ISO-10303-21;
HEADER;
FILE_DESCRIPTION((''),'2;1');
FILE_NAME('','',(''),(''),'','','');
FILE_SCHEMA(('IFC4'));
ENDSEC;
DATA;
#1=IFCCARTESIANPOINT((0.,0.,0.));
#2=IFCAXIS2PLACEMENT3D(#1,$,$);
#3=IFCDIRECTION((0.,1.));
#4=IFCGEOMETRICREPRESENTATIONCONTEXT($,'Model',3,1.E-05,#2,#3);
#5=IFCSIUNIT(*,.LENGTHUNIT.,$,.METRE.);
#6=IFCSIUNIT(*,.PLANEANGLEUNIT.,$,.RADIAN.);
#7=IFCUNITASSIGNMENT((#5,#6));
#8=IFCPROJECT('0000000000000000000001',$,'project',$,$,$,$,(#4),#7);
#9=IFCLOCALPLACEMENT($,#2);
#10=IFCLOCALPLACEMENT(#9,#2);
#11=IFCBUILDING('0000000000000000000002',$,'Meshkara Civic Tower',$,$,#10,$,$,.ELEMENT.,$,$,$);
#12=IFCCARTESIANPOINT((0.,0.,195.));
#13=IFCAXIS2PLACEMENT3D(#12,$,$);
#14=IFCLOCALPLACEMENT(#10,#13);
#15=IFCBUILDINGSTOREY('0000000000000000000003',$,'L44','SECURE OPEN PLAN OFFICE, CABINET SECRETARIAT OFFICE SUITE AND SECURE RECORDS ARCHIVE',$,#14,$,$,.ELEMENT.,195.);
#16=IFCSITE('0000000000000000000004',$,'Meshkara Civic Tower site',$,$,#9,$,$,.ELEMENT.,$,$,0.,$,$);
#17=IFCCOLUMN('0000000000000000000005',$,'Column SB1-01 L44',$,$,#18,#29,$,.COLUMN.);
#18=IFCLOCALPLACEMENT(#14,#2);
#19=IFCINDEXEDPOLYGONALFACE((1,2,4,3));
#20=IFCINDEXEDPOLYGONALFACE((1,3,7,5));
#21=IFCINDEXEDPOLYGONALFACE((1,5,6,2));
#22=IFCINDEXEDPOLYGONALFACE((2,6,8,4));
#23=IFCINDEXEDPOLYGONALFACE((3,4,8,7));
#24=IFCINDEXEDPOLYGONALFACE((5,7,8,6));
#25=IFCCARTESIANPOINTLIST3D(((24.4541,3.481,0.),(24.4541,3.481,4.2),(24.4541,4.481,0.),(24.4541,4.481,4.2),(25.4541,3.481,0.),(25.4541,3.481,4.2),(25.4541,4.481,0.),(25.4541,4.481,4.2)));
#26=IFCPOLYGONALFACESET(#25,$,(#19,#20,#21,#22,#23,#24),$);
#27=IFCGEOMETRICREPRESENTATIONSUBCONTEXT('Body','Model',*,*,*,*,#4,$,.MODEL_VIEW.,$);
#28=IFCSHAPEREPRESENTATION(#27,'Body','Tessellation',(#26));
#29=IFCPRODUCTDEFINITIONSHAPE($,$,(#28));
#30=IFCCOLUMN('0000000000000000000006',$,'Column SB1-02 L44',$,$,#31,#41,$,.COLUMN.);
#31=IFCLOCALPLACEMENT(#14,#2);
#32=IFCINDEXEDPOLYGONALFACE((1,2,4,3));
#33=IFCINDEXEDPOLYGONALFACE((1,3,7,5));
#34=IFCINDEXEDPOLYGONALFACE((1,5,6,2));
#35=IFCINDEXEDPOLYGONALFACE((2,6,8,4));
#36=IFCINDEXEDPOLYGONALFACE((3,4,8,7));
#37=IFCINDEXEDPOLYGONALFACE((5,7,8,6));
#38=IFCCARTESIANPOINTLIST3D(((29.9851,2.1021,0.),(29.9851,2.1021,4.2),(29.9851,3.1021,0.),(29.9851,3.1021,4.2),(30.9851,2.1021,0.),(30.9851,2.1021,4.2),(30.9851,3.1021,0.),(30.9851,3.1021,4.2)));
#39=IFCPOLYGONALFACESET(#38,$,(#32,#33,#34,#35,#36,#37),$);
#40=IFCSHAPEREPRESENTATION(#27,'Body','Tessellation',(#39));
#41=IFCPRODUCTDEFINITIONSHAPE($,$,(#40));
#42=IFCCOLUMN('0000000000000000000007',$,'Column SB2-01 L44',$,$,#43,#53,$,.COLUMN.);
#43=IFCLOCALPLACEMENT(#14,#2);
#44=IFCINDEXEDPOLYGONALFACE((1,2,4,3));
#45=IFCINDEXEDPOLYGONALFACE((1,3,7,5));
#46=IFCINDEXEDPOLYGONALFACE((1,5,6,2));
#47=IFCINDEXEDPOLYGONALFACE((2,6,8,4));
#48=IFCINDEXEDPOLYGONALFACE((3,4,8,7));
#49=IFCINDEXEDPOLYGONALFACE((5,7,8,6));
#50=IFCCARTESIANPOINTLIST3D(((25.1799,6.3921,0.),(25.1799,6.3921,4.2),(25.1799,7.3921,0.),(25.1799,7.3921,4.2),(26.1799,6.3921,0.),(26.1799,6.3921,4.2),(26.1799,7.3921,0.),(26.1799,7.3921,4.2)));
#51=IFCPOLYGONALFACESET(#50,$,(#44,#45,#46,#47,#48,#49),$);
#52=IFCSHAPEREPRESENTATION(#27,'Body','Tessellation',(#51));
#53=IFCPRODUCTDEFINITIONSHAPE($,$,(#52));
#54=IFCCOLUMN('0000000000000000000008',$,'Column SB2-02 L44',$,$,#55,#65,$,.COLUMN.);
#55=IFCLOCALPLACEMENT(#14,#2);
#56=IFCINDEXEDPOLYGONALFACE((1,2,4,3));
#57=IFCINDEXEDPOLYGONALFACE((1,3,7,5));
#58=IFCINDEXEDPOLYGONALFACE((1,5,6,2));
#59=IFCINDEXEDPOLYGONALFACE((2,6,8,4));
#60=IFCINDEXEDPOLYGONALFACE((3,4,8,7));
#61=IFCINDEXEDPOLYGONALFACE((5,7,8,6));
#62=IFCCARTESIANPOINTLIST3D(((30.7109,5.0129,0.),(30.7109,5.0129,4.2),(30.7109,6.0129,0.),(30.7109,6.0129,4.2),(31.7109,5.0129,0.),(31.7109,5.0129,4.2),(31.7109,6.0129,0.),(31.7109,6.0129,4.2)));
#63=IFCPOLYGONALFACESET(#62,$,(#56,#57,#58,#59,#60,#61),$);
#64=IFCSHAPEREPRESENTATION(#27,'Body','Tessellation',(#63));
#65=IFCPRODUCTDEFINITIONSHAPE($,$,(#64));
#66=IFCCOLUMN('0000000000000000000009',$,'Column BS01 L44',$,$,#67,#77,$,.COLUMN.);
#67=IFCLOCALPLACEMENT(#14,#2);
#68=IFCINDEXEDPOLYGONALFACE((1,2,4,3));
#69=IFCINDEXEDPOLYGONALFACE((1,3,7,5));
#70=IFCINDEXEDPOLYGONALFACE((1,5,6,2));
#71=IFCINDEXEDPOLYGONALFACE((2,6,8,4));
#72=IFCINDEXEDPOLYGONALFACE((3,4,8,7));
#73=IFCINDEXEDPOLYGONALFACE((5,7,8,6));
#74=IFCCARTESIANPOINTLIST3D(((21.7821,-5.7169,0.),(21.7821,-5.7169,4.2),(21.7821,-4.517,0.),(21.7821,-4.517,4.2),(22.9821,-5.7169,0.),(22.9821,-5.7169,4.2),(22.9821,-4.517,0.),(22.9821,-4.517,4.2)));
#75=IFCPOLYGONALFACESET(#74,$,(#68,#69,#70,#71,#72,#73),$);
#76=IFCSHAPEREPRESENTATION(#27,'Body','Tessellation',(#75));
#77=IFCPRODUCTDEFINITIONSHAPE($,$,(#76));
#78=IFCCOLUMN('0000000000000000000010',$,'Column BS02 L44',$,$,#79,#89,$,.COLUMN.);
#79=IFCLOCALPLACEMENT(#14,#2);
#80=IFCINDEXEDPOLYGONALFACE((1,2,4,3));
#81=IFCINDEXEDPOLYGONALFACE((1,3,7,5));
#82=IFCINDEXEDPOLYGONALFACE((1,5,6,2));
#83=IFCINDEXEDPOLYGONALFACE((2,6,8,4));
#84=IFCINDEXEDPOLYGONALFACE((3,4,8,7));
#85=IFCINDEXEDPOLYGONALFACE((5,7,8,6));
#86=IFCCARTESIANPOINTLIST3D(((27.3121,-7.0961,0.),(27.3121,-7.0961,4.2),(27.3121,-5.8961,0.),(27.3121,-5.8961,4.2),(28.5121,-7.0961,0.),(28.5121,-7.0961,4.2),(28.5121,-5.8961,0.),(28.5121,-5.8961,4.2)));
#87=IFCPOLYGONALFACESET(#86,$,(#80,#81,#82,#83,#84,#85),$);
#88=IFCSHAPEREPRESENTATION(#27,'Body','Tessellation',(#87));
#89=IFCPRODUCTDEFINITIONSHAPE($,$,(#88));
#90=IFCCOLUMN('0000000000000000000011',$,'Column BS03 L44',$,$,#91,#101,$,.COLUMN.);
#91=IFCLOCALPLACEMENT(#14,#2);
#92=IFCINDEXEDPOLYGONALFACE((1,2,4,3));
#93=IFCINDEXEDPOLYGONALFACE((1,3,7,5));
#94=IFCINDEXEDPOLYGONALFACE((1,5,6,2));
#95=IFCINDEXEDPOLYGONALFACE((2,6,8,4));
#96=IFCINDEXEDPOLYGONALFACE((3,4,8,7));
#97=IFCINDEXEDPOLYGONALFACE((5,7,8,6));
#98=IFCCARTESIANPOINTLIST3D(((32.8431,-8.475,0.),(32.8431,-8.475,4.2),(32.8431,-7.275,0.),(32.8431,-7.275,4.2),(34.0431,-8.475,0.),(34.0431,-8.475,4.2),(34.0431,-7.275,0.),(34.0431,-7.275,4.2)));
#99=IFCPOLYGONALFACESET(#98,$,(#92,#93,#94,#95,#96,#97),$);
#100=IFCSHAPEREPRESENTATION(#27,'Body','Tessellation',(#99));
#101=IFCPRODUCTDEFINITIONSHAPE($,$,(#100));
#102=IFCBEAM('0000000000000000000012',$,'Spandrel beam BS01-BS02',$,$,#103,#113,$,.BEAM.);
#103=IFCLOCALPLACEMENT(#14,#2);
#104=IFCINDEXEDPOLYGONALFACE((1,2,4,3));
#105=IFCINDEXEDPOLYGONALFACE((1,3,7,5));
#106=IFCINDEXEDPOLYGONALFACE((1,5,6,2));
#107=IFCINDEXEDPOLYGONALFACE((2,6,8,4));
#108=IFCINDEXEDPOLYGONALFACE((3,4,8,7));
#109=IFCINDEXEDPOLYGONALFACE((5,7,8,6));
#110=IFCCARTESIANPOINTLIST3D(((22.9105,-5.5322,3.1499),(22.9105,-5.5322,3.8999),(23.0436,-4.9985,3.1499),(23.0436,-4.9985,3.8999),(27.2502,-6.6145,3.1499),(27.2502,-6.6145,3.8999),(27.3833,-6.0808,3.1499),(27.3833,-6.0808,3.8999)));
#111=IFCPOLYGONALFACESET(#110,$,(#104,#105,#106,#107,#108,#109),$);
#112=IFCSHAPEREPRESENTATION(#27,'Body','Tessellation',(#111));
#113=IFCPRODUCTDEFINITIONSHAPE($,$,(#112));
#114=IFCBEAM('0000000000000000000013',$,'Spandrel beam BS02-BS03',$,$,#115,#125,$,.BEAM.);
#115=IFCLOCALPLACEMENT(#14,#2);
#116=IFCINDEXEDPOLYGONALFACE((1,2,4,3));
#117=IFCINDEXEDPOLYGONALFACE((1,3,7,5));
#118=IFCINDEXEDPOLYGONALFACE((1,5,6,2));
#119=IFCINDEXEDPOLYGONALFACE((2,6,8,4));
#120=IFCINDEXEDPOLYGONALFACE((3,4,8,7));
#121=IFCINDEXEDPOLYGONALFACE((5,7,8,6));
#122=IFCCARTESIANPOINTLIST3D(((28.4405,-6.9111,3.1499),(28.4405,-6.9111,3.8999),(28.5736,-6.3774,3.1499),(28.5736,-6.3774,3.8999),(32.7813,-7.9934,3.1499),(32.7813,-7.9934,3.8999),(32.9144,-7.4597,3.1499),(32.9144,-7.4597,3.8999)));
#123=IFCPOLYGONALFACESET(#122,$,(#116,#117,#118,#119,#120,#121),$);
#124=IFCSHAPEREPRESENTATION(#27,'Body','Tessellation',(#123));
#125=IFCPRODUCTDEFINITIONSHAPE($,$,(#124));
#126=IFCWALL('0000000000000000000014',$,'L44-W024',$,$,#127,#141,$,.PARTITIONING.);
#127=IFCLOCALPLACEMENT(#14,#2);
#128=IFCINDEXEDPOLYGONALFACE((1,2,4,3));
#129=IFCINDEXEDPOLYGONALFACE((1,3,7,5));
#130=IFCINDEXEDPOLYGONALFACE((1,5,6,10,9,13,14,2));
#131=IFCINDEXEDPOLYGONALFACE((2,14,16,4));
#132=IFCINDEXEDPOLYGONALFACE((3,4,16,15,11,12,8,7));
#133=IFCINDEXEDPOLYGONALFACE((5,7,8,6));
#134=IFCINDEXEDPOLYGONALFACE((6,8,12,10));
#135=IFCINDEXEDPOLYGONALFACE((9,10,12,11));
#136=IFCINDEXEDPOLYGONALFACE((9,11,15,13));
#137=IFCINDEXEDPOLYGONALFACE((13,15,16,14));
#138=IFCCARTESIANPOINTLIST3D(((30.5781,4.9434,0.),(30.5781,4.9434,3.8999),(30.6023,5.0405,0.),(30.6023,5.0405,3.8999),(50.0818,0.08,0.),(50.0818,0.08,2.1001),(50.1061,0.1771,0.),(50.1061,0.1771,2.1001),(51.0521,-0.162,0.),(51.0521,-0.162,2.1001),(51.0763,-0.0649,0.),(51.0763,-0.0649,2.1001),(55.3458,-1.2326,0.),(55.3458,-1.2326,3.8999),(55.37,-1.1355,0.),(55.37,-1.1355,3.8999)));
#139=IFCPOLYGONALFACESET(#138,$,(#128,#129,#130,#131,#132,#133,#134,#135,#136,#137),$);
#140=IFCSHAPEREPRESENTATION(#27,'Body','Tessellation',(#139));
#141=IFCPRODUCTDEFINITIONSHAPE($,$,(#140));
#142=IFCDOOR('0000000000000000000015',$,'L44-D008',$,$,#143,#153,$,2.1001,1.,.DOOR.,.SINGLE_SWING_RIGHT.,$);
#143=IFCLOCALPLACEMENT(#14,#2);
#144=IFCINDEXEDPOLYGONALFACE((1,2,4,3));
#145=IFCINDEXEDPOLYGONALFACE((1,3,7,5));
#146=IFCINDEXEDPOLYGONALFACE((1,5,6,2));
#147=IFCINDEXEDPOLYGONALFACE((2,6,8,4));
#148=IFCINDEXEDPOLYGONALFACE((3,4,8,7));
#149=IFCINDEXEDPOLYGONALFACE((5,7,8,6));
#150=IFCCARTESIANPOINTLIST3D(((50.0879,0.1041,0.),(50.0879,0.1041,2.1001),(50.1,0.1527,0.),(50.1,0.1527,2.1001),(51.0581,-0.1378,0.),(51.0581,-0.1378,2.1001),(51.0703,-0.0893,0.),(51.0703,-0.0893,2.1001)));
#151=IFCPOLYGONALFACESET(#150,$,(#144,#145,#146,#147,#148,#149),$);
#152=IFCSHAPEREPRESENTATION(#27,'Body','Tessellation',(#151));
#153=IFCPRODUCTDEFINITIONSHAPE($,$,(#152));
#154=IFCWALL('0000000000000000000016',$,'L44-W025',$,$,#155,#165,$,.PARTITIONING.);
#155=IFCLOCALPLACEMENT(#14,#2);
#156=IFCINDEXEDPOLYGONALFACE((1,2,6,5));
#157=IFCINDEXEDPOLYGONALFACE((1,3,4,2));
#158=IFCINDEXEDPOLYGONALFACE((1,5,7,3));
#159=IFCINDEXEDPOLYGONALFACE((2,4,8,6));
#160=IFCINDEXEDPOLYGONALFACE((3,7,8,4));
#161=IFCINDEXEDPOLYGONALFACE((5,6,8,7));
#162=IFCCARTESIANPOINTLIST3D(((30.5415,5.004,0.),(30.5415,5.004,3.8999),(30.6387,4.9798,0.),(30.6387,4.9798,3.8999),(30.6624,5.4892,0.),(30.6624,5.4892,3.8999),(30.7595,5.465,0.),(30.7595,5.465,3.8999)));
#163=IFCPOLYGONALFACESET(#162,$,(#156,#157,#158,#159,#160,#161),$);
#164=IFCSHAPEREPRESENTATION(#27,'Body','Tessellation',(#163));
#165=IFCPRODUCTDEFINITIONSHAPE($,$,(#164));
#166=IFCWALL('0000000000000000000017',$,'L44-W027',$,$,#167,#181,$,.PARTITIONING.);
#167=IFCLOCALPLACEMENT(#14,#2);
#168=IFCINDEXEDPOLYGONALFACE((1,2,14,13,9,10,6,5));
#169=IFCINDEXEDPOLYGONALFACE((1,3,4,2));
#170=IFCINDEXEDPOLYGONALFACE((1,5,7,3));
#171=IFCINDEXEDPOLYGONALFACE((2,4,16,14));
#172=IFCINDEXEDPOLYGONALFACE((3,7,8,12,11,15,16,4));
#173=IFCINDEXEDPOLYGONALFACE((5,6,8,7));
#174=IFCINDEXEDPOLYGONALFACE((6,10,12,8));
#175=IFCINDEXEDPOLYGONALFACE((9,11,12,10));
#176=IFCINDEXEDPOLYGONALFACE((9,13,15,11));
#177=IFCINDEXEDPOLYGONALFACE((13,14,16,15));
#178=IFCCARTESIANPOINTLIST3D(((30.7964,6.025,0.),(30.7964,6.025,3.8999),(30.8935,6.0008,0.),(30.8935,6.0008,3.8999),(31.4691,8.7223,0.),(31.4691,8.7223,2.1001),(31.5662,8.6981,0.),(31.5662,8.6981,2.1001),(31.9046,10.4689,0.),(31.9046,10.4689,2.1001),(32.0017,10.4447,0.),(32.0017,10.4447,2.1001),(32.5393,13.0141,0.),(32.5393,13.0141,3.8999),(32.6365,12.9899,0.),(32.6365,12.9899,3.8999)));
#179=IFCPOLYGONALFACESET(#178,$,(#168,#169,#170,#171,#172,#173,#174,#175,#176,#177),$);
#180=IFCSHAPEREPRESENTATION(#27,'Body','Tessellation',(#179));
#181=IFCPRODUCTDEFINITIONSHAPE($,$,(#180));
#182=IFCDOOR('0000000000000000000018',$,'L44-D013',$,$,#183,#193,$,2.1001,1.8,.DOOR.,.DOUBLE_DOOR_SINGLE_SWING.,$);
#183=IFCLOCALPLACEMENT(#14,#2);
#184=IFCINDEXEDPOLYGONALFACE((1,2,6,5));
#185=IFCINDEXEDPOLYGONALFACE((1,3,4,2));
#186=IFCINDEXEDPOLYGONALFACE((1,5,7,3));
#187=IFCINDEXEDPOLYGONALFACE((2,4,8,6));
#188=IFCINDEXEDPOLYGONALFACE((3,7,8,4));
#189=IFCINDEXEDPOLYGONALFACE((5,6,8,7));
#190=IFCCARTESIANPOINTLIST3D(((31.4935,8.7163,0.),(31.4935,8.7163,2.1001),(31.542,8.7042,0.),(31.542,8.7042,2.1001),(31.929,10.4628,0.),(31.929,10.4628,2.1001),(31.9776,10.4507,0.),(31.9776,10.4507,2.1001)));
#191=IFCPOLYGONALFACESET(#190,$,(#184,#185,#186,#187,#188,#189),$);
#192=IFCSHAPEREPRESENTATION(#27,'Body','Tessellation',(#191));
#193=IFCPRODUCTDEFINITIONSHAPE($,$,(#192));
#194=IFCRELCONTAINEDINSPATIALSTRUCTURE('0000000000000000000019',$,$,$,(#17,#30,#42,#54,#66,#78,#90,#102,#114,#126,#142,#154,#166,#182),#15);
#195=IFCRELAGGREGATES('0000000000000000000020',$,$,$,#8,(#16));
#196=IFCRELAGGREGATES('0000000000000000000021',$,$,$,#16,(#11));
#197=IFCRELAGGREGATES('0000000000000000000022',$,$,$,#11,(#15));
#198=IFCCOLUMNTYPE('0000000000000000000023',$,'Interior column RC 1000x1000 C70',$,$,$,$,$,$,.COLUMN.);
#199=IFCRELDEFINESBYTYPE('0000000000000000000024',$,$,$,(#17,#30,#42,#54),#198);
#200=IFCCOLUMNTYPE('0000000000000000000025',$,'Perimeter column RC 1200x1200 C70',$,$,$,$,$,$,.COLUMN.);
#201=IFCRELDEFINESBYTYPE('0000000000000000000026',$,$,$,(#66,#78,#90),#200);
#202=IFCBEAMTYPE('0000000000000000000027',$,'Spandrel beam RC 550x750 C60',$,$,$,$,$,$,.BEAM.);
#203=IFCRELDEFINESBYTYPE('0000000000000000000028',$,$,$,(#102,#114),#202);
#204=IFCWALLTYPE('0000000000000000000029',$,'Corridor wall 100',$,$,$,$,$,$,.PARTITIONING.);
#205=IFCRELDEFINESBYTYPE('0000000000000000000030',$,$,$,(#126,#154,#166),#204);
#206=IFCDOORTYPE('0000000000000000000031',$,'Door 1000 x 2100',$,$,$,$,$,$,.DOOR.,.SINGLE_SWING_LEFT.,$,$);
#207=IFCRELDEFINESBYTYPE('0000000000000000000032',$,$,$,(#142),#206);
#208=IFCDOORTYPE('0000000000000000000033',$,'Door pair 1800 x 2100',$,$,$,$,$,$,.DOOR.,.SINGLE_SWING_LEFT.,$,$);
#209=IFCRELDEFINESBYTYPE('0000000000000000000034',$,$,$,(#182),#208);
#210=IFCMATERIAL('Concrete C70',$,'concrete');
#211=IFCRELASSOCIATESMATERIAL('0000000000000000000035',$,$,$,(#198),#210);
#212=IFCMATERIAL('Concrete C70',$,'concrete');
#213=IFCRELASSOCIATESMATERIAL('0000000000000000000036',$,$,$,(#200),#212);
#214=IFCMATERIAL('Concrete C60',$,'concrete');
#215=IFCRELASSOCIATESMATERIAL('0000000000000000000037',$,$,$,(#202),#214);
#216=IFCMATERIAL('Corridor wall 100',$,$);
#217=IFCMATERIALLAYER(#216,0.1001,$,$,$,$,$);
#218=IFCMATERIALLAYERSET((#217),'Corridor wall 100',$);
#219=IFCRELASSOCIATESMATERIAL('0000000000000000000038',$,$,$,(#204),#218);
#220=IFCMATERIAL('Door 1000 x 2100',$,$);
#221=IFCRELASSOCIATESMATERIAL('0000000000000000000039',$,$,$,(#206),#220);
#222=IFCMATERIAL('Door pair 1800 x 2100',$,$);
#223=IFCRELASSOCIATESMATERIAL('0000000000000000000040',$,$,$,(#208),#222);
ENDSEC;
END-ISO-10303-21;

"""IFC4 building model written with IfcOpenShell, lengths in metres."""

from ifc_helpers import new_model, si_unit, direction, frame, frame_2d, origin, origin_2d, place, context, subcontext, project, spatial, rectangle, extrude, material, layer, layer_set, material_profile, profile_set, type_object, element, fill, save


model = new_model("IFC4")

# Units and contexts
model_context = context("Model", 3, precision=1e-05, world=origin(), true_north=direction((0.0, 1.0)))
body_context = subcontext(model_context, "Body", "Model", "MODEL_VIEW")
ifc_project = project(units=[si_unit("LENGTHUNIT", "METRE"), si_unit("PLANEANGLEUNIT", "RADIAN")], contexts=[model_context])

# Site, building, storey
site_placement = place(None, origin())
site = spatial("IfcSite", under=ifc_project, at=site_placement, Name="Meshkara Civic Tower site", CompositionType="ELEMENT", RefElevation=0.0)
building_placement = place(site_placement, origin())
building = spatial("IfcBuilding", under=site, at=building_placement, Name="Meshkara Civic Tower", CompositionType="ELEMENT")
storey_placement = place(building_placement, frame((0.0, 0.0, 195.0)))
storey = spatial("IfcBuildingStorey", under=building, at=storey_placement, Name="L44", Description="SECURE OPEN PLAN OFFICE, CABINET SECRETARIAT OFFICE SUITE AND SECURE RECORDS ARCHIVE", CompositionType="ELEMENT", Elevation=195.0)

# Columns
ifc_material_1 = material(Name="Concrete C70", Category="concrete")
ifc_material_profile_1 = material_profile(ifc_material_1, rectangle(XDim=1.0, YDim=1.0, at=origin_2d()))
ifc_profile_set_1 = profile_set([ifc_material_profile_1], Name="Concrete C70")
column_type_1 = type_object("IfcColumnType", Name="Interior column RC 1000x1000 C70", PredefinedType="COLUMN", material=ifc_profile_set_1)
for number, where, z_axis, x_axis, name in (
    (1, (24.9541, 3.981, 0.0), (0.0, 0.0, 1.0), (1.0, 0.0, 0.0), "Column SB1-01 L44"),
    (2, (30.4851, 2.6021, 0.0), (0.0, 0.0, 1.0), (1.0, 0.0, 0.0), "Column SB1-02 L44"),
    (3, (25.6799, 6.8921, 0.0), (0.0, 0.0, 1.0), (1.0, 0.0, 0.0), "Column SB2-01 L44"),
    (4, (31.2109, 5.5129, 0.0), (0.0, 0.0, 1.0), (1.0, 0.0, 0.0), "Column SB2-02 L44"),
):
    element("IfcColumn", number, at=place(storey_placement, frame(where, z_axis=z_axis, x_axis=x_axis)), inside=storey, type_object=column_type_1, Name=name, PredefinedType="COLUMN", context=body_context, shape_type="SweptSolid", body=[
        extrude(rectangle(XDim=1.0, YDim=1.0, at=origin_2d()), origin(), (0.0, 0.0, 1.0), 4.2),
    ])
ifc_material_2 = material(Name="Concrete C70", Category="concrete")
ifc_material_profile_2 = material_profile(ifc_material_2, rectangle(XDim=1.2, YDim=1.2, at=origin_2d()))
ifc_profile_set_2 = profile_set([ifc_material_profile_2], Name="Concrete C70")
column_type_2 = type_object("IfcColumnType", Name="Perimeter column RC 1200x1200 C70", PredefinedType="COLUMN", material=ifc_profile_set_2)
for number, where, z_axis, x_axis, name in (
    (5, (22.3821, -5.1169, 0.0), (0.0, 0.0, 1.0), (1.0, 0.0, 0.0), "Column BS01 L44"),
    (6, (27.9121, -6.4961, 0.0), (0.0, 0.0, 1.0), (1.0, 0.0, 0.0), "Column BS02 L44"),
    (7, (33.4431, -7.875, 0.0), (0.0, 0.0, 1.0), (1.0, 0.0, 0.0), "Column BS03 L44"),
):
    element("IfcColumn", number, at=place(storey_placement, frame(where, z_axis=z_axis, x_axis=x_axis)), inside=storey, type_object=column_type_2, Name=name, PredefinedType="COLUMN", context=body_context, shape_type="SweptSolid", body=[
        extrude(rectangle(XDim=1.2, YDim=1.2, at=origin_2d()), origin(), (0.0, 0.0, 1.0), 4.2),
    ])

# Beams
ifc_material_3 = material(Name="Concrete C60", Category="concrete")
ifc_material_profile_3 = material_profile(ifc_material_3, rectangle(XDim=0.55, YDim=0.75, at=origin_2d()))
ifc_profile_set_3 = profile_set([ifc_material_profile_3], Name="Concrete C60")
beam_type = type_object("IfcBeamType", Name="Spandrel beam RC 550x750 C60", PredefinedType="BEAM", material=ifc_profile_set_3)
beam_1_placement = place(storey_placement, frame((22.9771, -5.2654, 3.5249), z_axis=(0.970284, -0.24197, 0.0), x_axis=(0.24197, 0.970284, 0.0)))
element("IfcBeam", 8, at=beam_1_placement, inside=storey, type_object=beam_type, Name="Spandrel beam BS01-BS02", PredefinedType="BEAM", context=body_context, shape_type="SweptSolid", body=[
    extrude(rectangle(XDim=0.55, YDim=0.75, at=origin_2d()), origin(), (0.0, 0.0, 1.0), 4.4727),
])
beam_2_placement = place(storey_placement, frame((28.5071, -6.6443, 3.5249), z_axis=(0.970296, -0.241919, 0.0), x_axis=(0.241919, 0.970296, 0.0)))
element("IfcBeam", 9, at=beam_2_placement, inside=storey, type_object=beam_type, Name="Spandrel beam BS02-BS03", PredefinedType="BEAM", context=body_context, shape_type="SweptSolid", body=[
    extrude(rectangle(XDim=0.55, YDim=0.75, at=origin_2d()), origin(), (0.0, 0.0, 1.0), 4.4736),
])

# Wall, opening, door
ifc_material_4 = material(Name="Corridor wall 100")
ifc_layer_1 = layer(ifc_material_4, 0.1001)
ifc_layer_set_1 = layer_set([ifc_layer_1], Name="Corridor wall 100")
wall_type_1 = type_object("IfcWallType", Name="Corridor wall 100", PredefinedType="PARTITIONING", material=ifc_layer_set_1)
wall_1_placement = place(storey_placement, frame((30.5901, 4.9919, 0.0), z_axis=(0.0, 0.0, 1.0), x_axis=(0.970289, -0.241948, 0.0)))
wall_1 = element("IfcWall", 10, at=wall_1_placement, inside=storey, type_object=wall_type_1, Name="L44-W024", PredefinedType="PARTITIONING", context=body_context, shape_type="SweptSolid", body=[
    extrude(rectangle(XDim=25.5261, YDim=0.1001, at=frame_2d((12.7632, 0.0))), origin(), (0.0, 0.0, 1.0), 3.8999),
])
opening_1_placement = place(wall_1_placement, frame((20.1011, 0.0, 0.0)))
opening_1 = element("IfcOpeningElement", 11, at=opening_1_placement, cuts=wall_1, PredefinedType="OPENING", context=body_context, shape_type="SweptSolid", body=[
    extrude(rectangle(XDim=1.0, YDim=2.1001, at=frame_2d((0.5, 1.05))), frame((0.0, 0.0601, 0.0), z_axis=(0.0, -1.0, 0.0), x_axis=(1.0, 0.0, 0.0)), (0.0, 0.0, 1.0), 0.1201),
])
ifc_material_5 = material(Name="Door 1000 x 2100")
door_type_1 = type_object("IfcDoorType", Name="Door 1000 x 2100", OperationType="SINGLE_SWING_LEFT", PredefinedType="DOOR", material=ifc_material_5)
door_1_placement = place(opening_1_placement, origin())
door_1 = element("IfcDoor", 12, at=door_1_placement, inside=storey, type_object=door_type_1, Name="L44-D008", OperationType="SINGLE_SWING_RIGHT", OverallHeight=2.1001, OverallWidth=1.0, PredefinedType="DOOR", context=body_context, shape_type="SweptSolid", body=[
    extrude(rectangle(XDim=1.0, YDim=2.1001, at=frame_2d((0.5, 1.05))), frame((0.0, 0.0249, 0.0), z_axis=(0.0, -1.0, 0.0), x_axis=(1.0, 0.0, 0.0)), (0.0, 0.0, 1.0), 0.05),
])
fill(opening_1, door_1)

# Wall
wall_2_placement = place(storey_placement, frame((30.5901, 4.9919, 0.0), z_axis=(0.0, 0.0, 1.0), x_axis=(0.241731, 0.970343, 0.0)))
element("IfcWall", 13, at=wall_2_placement, inside=storey, type_object=wall_type_1, Name="L44-W025", PredefinedType="PARTITIONING", context=body_context, shape_type="SweptSolid", body=[
    extrude(rectangle(XDim=0.5, YDim=0.1001, at=frame_2d((0.25, 0.0))), origin(), (0.0, 0.0, 1.0), 3.8999),
])

# Wall, opening, door
wall_3_placement = place(storey_placement, frame((30.845, 6.0129, 0.0), z_axis=(0.0, 0.0, 1.0), x_axis=(0.241969, 0.970284, 0.0)))
wall_3 = element("IfcWall", 14, at=wall_3_placement, inside=storey, type_object=wall_type_1, Name="L44-W027", PredefinedType="PARTITIONING", context=body_context, shape_type="SweptSolid", body=[
    extrude(rectangle(XDim=7.2031, YDim=0.1001, at=frame_2d((3.6016, 0.0))), origin(), (0.0, 0.0, 1.0), 3.8999),
])
opening_2_placement = place(wall_3_placement, frame((2.78, 0.0, 0.0)))
opening_2 = element("IfcOpeningElement", 15, at=opening_2_placement, cuts=wall_3, PredefinedType="OPENING", context=body_context, shape_type="SweptSolid", body=[
    extrude(rectangle(XDim=1.8, YDim=2.1001, at=frame_2d((0.8999, 1.05))), frame((0.0, 0.0601, 0.0), z_axis=(0.0, -1.0, 0.0), x_axis=(1.0, 0.0, 0.0)), (0.0, 0.0, 1.0), 0.1201),
])
ifc_material_6 = material(Name="Door pair 1800 x 2100")
door_type_2 = type_object("IfcDoorType", Name="Door pair 1800 x 2100", OperationType="SINGLE_SWING_LEFT", PredefinedType="DOOR", material=ifc_material_6)
door_2_placement = place(opening_2_placement, origin())
door_2 = element("IfcDoor", 16, at=door_2_placement, inside=storey, type_object=door_type_2, Name="L44-D013", OperationType="DOUBLE_DOOR_SINGLE_SWING", OverallHeight=2.1001, OverallWidth=1.8, PredefinedType="DOOR", context=body_context, shape_type="SweptSolid", body=[
    extrude(rectangle(XDim=1.8, YDim=2.1001, at=frame_2d((0.8999, 1.05))), frame((0.0, 0.0249, 0.0), z_axis=(0.0, -1.0, 0.0), x_axis=(1.0, 0.0, 0.0)), (0.0, 0.0, 1.0), 0.05),
])
fill(opening_2, door_2)

save(model, "model.ifc")
